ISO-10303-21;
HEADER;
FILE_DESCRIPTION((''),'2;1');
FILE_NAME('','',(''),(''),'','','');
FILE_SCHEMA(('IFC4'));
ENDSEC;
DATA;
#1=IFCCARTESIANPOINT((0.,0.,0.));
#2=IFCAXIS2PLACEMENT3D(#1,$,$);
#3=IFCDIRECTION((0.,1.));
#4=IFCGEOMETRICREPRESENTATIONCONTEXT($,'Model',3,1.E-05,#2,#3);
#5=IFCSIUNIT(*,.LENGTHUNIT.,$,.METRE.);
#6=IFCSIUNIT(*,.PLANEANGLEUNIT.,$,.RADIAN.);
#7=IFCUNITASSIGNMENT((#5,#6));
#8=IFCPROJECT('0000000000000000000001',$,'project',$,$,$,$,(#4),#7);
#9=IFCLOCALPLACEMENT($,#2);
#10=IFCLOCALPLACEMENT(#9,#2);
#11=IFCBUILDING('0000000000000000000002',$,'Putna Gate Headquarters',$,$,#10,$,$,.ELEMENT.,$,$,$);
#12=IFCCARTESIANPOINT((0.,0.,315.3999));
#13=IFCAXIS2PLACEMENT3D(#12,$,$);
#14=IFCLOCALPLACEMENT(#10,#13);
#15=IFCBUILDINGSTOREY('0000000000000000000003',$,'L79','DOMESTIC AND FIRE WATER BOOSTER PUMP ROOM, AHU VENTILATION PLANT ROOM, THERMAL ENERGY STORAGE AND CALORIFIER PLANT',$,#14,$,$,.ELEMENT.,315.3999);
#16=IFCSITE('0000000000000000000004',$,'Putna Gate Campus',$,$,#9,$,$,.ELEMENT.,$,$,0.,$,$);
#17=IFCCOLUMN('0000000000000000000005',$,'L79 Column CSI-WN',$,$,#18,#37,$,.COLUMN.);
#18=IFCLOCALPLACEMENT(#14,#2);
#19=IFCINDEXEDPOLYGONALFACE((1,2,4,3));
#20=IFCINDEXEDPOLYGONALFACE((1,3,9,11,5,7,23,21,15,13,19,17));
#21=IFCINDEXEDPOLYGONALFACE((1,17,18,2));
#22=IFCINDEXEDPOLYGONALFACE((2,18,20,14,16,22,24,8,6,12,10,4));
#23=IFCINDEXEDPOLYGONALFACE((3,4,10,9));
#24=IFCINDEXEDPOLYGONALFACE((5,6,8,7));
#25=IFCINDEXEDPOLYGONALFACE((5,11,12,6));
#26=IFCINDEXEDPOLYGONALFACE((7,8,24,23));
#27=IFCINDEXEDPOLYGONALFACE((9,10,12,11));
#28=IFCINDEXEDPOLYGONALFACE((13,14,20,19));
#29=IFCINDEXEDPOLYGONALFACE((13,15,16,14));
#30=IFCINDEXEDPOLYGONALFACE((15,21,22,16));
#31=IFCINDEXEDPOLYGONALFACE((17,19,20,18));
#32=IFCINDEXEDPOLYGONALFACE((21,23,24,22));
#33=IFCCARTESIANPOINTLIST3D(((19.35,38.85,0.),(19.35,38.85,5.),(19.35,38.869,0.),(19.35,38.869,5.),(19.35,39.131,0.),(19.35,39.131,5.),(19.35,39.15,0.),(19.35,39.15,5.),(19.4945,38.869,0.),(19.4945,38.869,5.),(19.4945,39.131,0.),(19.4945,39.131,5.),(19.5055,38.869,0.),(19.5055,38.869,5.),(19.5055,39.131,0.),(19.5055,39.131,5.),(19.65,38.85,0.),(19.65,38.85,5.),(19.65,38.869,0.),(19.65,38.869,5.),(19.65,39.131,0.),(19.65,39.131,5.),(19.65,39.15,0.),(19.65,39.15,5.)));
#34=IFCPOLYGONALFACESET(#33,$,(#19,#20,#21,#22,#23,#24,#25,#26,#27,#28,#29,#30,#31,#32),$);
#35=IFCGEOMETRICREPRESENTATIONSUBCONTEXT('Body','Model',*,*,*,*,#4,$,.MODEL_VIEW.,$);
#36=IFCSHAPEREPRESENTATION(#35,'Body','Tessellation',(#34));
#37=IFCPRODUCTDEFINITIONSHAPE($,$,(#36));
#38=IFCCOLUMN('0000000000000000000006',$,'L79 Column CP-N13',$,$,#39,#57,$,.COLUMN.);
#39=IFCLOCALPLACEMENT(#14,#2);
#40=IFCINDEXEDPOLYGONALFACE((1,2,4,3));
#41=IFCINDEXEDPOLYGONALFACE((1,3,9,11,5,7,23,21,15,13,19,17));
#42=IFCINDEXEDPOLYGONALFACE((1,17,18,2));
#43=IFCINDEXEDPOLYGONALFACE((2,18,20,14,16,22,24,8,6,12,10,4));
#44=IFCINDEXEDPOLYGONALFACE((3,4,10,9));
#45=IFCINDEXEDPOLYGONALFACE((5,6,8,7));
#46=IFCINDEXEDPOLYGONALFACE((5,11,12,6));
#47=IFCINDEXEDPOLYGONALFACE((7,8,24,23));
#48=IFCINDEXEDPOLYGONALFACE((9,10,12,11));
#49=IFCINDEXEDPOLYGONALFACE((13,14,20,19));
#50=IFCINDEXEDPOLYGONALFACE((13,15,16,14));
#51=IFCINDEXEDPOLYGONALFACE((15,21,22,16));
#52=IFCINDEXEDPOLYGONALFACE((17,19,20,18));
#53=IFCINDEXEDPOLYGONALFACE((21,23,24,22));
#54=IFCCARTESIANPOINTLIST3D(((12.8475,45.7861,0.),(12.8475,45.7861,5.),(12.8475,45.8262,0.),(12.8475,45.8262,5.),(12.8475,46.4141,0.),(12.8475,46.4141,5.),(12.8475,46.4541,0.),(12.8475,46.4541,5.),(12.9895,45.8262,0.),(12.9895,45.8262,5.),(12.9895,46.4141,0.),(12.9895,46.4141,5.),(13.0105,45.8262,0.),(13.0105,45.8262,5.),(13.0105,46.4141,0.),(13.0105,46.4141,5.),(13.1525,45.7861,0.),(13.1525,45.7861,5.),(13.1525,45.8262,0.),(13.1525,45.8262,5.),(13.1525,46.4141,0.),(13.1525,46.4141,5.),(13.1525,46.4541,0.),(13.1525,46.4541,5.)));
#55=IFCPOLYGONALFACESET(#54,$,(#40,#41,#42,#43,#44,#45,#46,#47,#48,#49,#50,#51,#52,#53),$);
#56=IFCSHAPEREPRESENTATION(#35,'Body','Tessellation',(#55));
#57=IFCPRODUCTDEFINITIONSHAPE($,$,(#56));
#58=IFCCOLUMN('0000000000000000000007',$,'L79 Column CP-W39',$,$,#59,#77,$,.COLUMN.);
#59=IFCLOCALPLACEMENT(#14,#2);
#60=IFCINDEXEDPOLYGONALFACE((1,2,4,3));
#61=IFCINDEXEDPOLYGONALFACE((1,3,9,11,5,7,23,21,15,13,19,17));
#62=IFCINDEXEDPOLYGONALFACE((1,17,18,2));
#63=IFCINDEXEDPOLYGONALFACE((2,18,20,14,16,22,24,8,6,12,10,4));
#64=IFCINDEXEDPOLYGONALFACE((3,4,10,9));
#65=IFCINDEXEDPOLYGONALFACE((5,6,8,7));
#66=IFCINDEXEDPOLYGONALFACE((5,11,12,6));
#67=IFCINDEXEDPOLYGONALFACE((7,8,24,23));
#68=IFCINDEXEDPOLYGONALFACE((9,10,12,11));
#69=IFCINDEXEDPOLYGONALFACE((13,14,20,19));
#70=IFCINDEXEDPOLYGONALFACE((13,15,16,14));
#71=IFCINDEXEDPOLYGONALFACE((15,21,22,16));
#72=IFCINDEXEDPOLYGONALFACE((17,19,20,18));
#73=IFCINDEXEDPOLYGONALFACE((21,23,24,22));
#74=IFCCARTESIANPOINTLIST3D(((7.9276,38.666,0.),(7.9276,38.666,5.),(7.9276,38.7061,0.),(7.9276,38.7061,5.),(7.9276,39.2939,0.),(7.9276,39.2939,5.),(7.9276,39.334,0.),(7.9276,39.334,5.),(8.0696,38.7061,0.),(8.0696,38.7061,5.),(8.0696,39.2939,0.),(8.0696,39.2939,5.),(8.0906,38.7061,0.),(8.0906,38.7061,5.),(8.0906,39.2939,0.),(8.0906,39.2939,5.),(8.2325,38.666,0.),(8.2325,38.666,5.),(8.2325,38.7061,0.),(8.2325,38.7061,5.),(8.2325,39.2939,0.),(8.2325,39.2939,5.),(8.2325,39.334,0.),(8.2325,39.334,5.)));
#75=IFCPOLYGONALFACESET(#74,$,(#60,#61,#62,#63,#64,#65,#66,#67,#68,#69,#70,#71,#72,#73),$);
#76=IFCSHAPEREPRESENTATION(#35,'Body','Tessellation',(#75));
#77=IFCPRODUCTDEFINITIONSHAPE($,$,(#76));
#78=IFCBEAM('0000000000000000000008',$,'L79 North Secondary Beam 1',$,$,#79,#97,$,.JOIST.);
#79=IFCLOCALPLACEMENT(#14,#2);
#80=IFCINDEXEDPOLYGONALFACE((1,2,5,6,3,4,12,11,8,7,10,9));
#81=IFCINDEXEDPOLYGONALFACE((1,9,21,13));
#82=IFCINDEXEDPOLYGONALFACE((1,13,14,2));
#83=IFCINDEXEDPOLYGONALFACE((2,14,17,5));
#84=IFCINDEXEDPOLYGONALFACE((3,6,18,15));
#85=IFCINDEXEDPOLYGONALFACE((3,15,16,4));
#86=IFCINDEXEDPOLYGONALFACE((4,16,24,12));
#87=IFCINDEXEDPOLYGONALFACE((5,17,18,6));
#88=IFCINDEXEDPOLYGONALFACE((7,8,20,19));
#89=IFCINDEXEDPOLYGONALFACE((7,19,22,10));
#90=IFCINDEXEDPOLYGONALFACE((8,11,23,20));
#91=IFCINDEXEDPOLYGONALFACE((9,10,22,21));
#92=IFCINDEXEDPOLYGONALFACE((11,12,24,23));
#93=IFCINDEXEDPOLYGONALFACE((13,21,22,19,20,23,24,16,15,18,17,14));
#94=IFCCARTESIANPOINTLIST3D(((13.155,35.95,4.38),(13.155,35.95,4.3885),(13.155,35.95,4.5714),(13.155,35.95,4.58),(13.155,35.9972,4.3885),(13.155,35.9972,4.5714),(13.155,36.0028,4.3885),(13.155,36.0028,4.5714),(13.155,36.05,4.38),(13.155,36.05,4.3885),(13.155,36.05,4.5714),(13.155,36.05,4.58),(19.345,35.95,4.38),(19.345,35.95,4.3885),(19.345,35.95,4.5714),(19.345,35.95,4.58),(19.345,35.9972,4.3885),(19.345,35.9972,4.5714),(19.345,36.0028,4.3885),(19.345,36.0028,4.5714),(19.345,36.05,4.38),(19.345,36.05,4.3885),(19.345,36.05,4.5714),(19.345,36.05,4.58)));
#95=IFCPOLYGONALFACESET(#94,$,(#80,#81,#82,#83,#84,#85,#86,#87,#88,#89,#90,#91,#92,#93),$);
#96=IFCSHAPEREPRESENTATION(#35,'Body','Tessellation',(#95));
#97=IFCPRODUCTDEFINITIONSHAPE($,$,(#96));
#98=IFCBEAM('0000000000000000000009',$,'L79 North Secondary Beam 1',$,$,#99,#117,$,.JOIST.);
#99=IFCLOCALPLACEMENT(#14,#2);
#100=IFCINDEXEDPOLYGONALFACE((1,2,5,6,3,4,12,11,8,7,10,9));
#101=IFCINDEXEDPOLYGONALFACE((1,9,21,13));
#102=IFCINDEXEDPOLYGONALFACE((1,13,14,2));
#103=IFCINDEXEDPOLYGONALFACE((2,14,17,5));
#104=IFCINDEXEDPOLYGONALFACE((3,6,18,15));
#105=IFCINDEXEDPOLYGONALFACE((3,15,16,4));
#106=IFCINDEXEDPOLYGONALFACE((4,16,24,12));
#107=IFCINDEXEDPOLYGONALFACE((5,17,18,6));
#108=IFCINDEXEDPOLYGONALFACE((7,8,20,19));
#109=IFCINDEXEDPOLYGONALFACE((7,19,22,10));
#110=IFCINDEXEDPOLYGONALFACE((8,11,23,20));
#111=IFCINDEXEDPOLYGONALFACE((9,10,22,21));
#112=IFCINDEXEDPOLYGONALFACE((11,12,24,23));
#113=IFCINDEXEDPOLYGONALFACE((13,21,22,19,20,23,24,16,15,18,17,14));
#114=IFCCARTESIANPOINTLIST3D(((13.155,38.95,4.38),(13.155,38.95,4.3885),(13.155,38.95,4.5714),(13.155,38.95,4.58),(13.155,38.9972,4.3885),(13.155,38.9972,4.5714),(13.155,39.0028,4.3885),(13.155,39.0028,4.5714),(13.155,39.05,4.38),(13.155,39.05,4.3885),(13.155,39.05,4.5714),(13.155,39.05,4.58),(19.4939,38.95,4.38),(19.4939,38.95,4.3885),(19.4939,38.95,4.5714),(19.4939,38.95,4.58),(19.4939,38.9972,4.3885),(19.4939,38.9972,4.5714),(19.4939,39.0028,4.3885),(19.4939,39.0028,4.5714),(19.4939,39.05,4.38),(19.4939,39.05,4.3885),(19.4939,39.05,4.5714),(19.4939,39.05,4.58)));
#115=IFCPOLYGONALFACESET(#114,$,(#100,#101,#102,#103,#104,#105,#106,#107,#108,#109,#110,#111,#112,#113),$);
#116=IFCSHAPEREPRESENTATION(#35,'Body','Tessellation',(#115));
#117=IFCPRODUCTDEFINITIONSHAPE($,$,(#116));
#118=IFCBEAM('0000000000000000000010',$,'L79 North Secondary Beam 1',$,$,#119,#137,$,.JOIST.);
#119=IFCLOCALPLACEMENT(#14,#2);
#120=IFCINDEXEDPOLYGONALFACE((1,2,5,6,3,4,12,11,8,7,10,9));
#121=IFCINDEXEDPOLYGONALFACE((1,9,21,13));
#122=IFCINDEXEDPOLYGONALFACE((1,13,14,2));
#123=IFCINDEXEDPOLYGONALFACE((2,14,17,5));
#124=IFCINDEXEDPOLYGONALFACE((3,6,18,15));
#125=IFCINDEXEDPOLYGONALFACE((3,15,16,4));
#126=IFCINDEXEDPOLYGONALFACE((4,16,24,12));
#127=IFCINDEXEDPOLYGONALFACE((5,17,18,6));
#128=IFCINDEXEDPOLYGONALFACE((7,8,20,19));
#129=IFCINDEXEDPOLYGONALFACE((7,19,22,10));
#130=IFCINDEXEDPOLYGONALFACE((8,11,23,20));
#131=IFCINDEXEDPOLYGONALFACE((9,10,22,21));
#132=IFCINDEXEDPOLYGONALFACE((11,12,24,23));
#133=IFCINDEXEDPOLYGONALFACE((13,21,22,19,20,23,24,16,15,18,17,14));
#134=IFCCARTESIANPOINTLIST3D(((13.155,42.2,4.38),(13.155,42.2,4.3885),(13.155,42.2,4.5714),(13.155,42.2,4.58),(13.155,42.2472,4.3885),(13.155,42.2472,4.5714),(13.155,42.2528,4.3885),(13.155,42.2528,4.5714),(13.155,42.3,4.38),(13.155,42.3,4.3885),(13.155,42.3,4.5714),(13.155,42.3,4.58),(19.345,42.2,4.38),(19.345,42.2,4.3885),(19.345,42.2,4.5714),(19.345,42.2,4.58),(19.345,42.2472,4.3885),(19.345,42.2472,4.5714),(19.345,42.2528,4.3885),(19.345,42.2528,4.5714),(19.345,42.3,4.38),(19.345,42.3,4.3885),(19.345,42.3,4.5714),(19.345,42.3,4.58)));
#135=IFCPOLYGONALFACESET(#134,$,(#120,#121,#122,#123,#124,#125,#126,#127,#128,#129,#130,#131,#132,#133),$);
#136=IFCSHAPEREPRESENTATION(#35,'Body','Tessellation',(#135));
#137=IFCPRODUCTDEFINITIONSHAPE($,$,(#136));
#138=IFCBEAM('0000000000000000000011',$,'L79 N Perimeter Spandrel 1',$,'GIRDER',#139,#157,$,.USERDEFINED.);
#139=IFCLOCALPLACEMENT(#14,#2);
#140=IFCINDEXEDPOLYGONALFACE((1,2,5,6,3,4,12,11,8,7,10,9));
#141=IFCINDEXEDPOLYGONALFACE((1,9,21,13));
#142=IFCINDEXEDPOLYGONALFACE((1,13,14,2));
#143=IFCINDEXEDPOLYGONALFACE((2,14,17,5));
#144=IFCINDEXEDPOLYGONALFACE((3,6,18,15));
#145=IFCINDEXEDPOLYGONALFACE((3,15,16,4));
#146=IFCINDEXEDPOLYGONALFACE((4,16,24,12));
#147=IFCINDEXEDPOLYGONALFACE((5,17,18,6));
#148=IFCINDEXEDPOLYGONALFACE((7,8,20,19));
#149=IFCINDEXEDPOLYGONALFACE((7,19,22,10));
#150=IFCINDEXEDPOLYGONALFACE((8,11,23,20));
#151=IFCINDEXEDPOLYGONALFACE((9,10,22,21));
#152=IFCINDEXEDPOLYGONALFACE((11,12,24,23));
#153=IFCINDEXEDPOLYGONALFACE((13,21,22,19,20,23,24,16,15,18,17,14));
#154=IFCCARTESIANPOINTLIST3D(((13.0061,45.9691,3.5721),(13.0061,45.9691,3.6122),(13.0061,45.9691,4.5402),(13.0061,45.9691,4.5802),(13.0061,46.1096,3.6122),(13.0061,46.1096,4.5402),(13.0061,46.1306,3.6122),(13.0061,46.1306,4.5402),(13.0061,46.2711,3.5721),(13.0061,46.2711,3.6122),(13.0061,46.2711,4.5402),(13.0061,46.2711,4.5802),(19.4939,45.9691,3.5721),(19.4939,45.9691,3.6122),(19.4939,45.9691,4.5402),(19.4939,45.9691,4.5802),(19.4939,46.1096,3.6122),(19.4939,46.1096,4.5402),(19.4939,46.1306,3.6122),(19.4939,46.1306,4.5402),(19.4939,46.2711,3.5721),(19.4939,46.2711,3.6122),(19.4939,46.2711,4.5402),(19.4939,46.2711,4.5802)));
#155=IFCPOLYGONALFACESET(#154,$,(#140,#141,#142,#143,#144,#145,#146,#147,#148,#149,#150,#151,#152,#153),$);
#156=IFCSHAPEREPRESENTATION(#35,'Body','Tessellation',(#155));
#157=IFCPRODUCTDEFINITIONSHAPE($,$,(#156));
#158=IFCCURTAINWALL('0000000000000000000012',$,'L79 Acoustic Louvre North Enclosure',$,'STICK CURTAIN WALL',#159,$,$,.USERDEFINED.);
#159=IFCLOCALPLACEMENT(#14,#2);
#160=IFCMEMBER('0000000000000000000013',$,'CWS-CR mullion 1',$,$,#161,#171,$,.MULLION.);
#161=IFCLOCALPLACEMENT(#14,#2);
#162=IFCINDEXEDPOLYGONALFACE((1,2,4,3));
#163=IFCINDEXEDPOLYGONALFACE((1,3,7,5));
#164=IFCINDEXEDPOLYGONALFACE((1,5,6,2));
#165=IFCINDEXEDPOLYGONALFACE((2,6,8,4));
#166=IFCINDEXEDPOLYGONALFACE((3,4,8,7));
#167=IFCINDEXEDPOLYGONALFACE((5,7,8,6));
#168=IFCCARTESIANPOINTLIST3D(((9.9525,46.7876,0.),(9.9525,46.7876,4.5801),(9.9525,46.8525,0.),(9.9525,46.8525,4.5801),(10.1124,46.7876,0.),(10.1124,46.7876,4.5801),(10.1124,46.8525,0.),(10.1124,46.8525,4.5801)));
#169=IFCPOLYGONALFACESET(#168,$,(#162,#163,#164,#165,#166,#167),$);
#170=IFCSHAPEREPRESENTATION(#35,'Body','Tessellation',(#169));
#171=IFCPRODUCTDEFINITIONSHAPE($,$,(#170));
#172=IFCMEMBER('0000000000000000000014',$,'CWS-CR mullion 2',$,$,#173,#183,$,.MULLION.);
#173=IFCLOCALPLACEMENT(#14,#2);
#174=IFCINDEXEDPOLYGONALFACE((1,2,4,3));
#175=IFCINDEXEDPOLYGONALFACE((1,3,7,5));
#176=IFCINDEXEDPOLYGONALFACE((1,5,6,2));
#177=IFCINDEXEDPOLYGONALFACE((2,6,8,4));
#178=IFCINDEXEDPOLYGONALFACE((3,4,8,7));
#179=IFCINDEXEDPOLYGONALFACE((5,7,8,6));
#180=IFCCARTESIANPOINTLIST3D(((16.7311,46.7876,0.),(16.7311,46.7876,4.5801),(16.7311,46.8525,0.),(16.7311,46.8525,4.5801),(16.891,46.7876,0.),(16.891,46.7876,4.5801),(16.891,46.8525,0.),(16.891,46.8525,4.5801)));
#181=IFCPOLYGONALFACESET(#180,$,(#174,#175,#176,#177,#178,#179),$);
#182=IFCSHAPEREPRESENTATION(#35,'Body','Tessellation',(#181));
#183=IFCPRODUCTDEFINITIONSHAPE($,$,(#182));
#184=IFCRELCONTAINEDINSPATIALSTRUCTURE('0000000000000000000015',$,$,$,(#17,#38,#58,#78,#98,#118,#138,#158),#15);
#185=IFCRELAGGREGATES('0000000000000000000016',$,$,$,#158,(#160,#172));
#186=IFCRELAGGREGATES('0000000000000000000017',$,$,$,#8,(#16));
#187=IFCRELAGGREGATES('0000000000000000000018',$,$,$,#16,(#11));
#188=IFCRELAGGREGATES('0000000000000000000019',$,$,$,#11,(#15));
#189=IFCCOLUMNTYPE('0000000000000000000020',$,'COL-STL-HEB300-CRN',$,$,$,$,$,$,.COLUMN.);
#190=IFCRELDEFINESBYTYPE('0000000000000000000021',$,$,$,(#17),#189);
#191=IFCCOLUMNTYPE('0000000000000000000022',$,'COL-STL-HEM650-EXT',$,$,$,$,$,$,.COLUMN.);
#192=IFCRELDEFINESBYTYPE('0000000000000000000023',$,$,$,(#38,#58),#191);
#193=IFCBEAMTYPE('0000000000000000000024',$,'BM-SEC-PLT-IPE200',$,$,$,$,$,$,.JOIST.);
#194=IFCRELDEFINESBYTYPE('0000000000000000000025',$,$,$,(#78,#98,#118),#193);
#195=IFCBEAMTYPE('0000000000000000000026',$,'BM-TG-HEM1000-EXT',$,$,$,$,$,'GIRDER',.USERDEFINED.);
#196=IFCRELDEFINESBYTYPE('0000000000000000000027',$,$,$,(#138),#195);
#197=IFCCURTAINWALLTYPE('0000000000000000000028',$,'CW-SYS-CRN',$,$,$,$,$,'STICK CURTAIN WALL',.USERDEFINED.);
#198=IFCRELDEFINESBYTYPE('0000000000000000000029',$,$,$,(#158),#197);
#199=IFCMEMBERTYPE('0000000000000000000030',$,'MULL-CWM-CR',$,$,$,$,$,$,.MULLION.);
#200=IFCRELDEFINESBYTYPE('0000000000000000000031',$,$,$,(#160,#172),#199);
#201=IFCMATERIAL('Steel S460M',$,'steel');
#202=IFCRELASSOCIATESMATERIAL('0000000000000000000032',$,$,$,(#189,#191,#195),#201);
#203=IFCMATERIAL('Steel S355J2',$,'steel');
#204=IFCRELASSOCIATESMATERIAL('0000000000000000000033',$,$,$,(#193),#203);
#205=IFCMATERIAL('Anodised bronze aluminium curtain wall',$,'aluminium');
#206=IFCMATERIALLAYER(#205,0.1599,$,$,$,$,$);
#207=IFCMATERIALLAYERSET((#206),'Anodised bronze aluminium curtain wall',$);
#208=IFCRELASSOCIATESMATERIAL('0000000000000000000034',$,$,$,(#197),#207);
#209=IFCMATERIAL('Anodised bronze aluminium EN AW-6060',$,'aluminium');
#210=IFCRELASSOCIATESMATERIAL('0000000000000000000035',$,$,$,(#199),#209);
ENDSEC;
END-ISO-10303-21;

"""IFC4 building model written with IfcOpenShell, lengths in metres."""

from ifc_helpers import new_model, si_unit, direction, frame, origin, origin_2d, place, context, subcontext, project, spatial, rectangle, i_section, extrude, material, layer, layer_set, material_profile, profile_set, type_object, element, aggregate, save


model = new_model("IFC4")

# Units and contexts
model_context = context("Model", 3, precision=1e-05, world=origin(), true_north=direction((0.0, 1.0)))
body_context = subcontext(model_context, "Body", "Model", "MODEL_VIEW")
ifc_project = project(units=[si_unit("LENGTHUNIT", "METRE"), si_unit("PLANEANGLEUNIT", "RADIAN")], contexts=[model_context])

# Site, building, storey
site_placement = place(None, origin())
site = spatial("IfcSite", under=ifc_project, at=site_placement, Name="Putna Gate Campus", CompositionType="ELEMENT", RefElevation=0.0)
building_placement = place(site_placement, origin())
building = spatial("IfcBuilding", under=site, at=building_placement, Name="Putna Gate Headquarters", CompositionType="ELEMENT")
storey_placement = place(building_placement, frame((0.0, 0.0, 315.3999)))
storey = spatial("IfcBuildingStorey", under=building, at=storey_placement, Name="L79", Description="DOMESTIC AND FIRE WATER BOOSTER PUMP ROOM, AHU VENTILATION PLANT ROOM, THERMAL ENERGY STORAGE AND CALORIFIER PLANT", CompositionType="ELEMENT", Elevation=315.3999)

# Columns
ifc_material_1 = material(Name="Steel S460M", Category="steel")
ifc_material_profile_1 = material_profile(ifc_material_1, i_section(OverallWidth=0.3, OverallDepth=0.3, WebThickness=0.011, FlangeThickness=0.019, at=origin_2d()), Name="Steel S460M")
ifc_profile_set_1 = profile_set([ifc_material_profile_1], Name="Steel S460M")
column_type_1 = type_object("IfcColumnType", Name="COL-STL-HEB300-CRN", PredefinedType="COLUMN", material=ifc_profile_set_1)
column_placement = place(storey_placement, frame((19.5, 39.0, 0.0), z_axis=(0.0, 0.0, 1.0), x_axis=(1.0, 0.0, 0.0)))
element("IfcColumn", 1, at=column_placement, inside=storey, type_object=column_type_1, Name="L79 Column CSI-WN", PredefinedType="COLUMN", context=body_context, shape_type="SweptSolid", body=[
    extrude(i_section(OverallWidth=0.3, OverallDepth=0.3, WebThickness=0.011, FlangeThickness=0.019, at=origin_2d()), origin(), (0.0, 0.0, 1.0), 5.0),
])
ifc_material_profile_2 = material_profile(ifc_material_1, i_section(OverallWidth=0.3049, OverallDepth=0.668, WebThickness=0.021, FlangeThickness=0.04, at=origin_2d()), Name="Steel S460M")
ifc_profile_set_2 = profile_set([ifc_material_profile_2], Name="Steel S460M")
column_type_2 = type_object("IfcColumnType", Name="COL-STL-HEM650-EXT", PredefinedType="COLUMN", material=ifc_profile_set_2)
for number, where, z_axis, x_axis, name in (
    (2, (13.0, 46.1201, 0.0), (0.0, 0.0, 1.0), (1.0, 0.0, 0.0), "L79 Column CP-N13"),
    (3, (8.0801, 39.0, 0.0), (0.0, 0.0, 1.0), (1.0, 0.0, 0.0), "L79 Column CP-W39"),
):
    element("IfcColumn", number, at=place(storey_placement, frame(where, z_axis=z_axis, x_axis=x_axis)), inside=storey, type_object=column_type_2, Name=name, PredefinedType="COLUMN", context=body_context, shape_type="SweptSolid", body=[
        extrude(i_section(OverallWidth=0.3049, OverallDepth=0.668, WebThickness=0.021, FlangeThickness=0.04, at=origin_2d()), origin(), (0.0, 0.0, 1.0), 5.0),
    ])

# Beams
ifc_material_2 = material(Name="Steel S355J2", Category="steel")
ifc_material_profile_3 = material_profile(ifc_material_2, i_section(OverallWidth=0.1001, OverallDepth=0.2, WebThickness=0.0056, FlangeThickness=0.0085, at=origin_2d()), Name="Steel S355J2")
ifc_profile_set_3 = profile_set([ifc_material_profile_3], Name="Steel S355J2")
beam_type_1 = type_object("IfcBeamType", Name="BM-SEC-PLT-IPE200", PredefinedType="JOIST", material=ifc_profile_set_3)
beam_1_placement = place(storey_placement, frame((13.155, 36.0, 4.48), z_axis=(1.0, 0.0, 0.0), x_axis=(0.0, 1.0, 0.0)))
element("IfcBeam", 4, at=beam_1_placement, inside=storey, type_object=beam_type_1, Name="L79 North Secondary Beam 1", PredefinedType="JOIST", context=body_context, shape_type="SweptSolid", body=[
    extrude(i_section(OverallWidth=0.1001, OverallDepth=0.2, WebThickness=0.0056, FlangeThickness=0.0085, at=origin_2d()), origin(), (0.0, 0.0, 1.0), 6.1899),
])
beam_2_placement = place(storey_placement, frame((13.155, 39.0, 4.48), z_axis=(1.0, 0.0, 0.0), x_axis=(0.0, 1.0, 0.0)))
element("IfcBeam", 5, at=beam_2_placement, inside=storey, type_object=beam_type_1, Name="L79 North Secondary Beam 1", PredefinedType="JOIST", context=body_context, shape_type="SweptSolid", body=[
    extrude(i_section(OverallWidth=0.1001, OverallDepth=0.2, WebThickness=0.0056, FlangeThickness=0.0085, at=origin_2d()), origin(), (0.0, 0.0, 1.0), 6.3389),
])
beam_3_placement = place(storey_placement, frame((13.155, 42.25, 4.48), z_axis=(1.0, 0.0, 0.0), x_axis=(0.0, 1.0, 0.0)))
element("IfcBeam", 6, at=beam_3_placement, inside=storey, type_object=beam_type_1, Name="L79 North Secondary Beam 1", PredefinedType="JOIST", context=body_context, shape_type="SweptSolid", body=[
    extrude(i_section(OverallWidth=0.1001, OverallDepth=0.2, WebThickness=0.0056, FlangeThickness=0.0085, at=origin_2d()), origin(), (0.0, 0.0, 1.0), 6.1899),
])
ifc_material_profile_4 = material_profile(ifc_material_1, i_section(OverallWidth=0.302, OverallDepth=1.0081, WebThickness=0.021, FlangeThickness=0.04, at=origin_2d()), Name="Steel S460M")
ifc_profile_set_4 = profile_set([ifc_material_profile_4], Name="Steel S460M")
beam_type_2 = type_object("IfcBeamType", Name="BM-TG-HEM1000-EXT", ElementType="GIRDER", PredefinedType="USERDEFINED", material=ifc_profile_set_4)
beam_4_placement = place(storey_placement, frame((13.0061, 46.1201, 4.0762), z_axis=(1.0, 0.0, 0.0), x_axis=(0.0, 1.0, 0.0)))
element("IfcBeam", 7, at=beam_4_placement, inside=storey, type_object=beam_type_2, Name="L79 N Perimeter Spandrel 1", ObjectType="GIRDER", PredefinedType="USERDEFINED", context=body_context, shape_type="SweptSolid", body=[
    extrude(i_section(OverallWidth=0.302, OverallDepth=1.0081, WebThickness=0.021, FlangeThickness=0.04, at=origin_2d()), origin(), (0.0, 0.0, 1.0), 6.4878),
])

# Curtain wall, members
ifc_material_3 = material(Name="Anodised bronze aluminium curtain wall", Category="aluminium")
ifc_layer_1 = layer(ifc_material_3, 0.1599)
ifc_layer_set_1 = layer_set([ifc_layer_1], Name="Anodised bronze aluminium curtain wall")
curtain_wall_type = type_object("IfcCurtainWallType", Name="CW-SYS-CRN", ElementType="STICK CURTAIN WALL", PredefinedType="USERDEFINED", material=ifc_layer_set_1)
curtain_wall_1_placement = place(storey_placement, origin())
curtain_wall_1 = element("IfcCurtainWall", 8, at=curtain_wall_1_placement, inside=storey, type_object=curtain_wall_type, Name="L79 Acoustic Louvre North Enclosure", ObjectType="STICK CURTAIN WALL", PredefinedType="USERDEFINED")
ifc_material_4 = material(Name="Anodised bronze aluminium EN AW-6060", Category="aluminium")
ifc_material_profile_5 = material_profile(ifc_material_4, rectangle(XDim=0.0649, YDim=0.1599, at=origin_2d()), Name="Anodised bronze aluminium EN AW-6060")
ifc_profile_set_5 = profile_set([ifc_material_profile_5], Name="Anodised bronze aluminium EN AW-6060")
member_type_1 = type_object("IfcMemberType", Name="MULL-CWM-CR", PredefinedType="MULLION", material=ifc_profile_set_5)
member_1_placement = place(storey_placement, frame((10.0325, 46.8201, 0.0), z_axis=(0.0, 0.0, 1.0), x_axis=(0.0, 1.0, 0.0)))
member_1 = element("IfcMember", 9, at=member_1_placement, type_object=member_type_1, Name="CWS-CR mullion 1", PredefinedType="MULLION", context=body_context, shape_type="SweptSolid", body=[
    extrude(rectangle(XDim=0.0649, YDim=0.1599, at=origin_2d()), origin(), (0.0, 0.0, 1.0), 4.5801),
])
member_2_placement = place(storey_placement, frame((16.811, 46.8201, 0.0), z_axis=(0.0, 0.0, 1.0), x_axis=(0.0, 1.0, 0.0)))
member_2 = element("IfcMember", 10, at=member_2_placement, type_object=member_type_1, Name="CWS-CR mullion 2", PredefinedType="MULLION", context=body_context, shape_type="SweptSolid", body=[
    extrude(rectangle(XDim=0.0649, YDim=0.1599, at=origin_2d()), origin(), (0.0, 0.0, 1.0), 4.5801),
])

aggregate(curtain_wall_1, [member_1, member_2])

save(model, "model.ifc")
